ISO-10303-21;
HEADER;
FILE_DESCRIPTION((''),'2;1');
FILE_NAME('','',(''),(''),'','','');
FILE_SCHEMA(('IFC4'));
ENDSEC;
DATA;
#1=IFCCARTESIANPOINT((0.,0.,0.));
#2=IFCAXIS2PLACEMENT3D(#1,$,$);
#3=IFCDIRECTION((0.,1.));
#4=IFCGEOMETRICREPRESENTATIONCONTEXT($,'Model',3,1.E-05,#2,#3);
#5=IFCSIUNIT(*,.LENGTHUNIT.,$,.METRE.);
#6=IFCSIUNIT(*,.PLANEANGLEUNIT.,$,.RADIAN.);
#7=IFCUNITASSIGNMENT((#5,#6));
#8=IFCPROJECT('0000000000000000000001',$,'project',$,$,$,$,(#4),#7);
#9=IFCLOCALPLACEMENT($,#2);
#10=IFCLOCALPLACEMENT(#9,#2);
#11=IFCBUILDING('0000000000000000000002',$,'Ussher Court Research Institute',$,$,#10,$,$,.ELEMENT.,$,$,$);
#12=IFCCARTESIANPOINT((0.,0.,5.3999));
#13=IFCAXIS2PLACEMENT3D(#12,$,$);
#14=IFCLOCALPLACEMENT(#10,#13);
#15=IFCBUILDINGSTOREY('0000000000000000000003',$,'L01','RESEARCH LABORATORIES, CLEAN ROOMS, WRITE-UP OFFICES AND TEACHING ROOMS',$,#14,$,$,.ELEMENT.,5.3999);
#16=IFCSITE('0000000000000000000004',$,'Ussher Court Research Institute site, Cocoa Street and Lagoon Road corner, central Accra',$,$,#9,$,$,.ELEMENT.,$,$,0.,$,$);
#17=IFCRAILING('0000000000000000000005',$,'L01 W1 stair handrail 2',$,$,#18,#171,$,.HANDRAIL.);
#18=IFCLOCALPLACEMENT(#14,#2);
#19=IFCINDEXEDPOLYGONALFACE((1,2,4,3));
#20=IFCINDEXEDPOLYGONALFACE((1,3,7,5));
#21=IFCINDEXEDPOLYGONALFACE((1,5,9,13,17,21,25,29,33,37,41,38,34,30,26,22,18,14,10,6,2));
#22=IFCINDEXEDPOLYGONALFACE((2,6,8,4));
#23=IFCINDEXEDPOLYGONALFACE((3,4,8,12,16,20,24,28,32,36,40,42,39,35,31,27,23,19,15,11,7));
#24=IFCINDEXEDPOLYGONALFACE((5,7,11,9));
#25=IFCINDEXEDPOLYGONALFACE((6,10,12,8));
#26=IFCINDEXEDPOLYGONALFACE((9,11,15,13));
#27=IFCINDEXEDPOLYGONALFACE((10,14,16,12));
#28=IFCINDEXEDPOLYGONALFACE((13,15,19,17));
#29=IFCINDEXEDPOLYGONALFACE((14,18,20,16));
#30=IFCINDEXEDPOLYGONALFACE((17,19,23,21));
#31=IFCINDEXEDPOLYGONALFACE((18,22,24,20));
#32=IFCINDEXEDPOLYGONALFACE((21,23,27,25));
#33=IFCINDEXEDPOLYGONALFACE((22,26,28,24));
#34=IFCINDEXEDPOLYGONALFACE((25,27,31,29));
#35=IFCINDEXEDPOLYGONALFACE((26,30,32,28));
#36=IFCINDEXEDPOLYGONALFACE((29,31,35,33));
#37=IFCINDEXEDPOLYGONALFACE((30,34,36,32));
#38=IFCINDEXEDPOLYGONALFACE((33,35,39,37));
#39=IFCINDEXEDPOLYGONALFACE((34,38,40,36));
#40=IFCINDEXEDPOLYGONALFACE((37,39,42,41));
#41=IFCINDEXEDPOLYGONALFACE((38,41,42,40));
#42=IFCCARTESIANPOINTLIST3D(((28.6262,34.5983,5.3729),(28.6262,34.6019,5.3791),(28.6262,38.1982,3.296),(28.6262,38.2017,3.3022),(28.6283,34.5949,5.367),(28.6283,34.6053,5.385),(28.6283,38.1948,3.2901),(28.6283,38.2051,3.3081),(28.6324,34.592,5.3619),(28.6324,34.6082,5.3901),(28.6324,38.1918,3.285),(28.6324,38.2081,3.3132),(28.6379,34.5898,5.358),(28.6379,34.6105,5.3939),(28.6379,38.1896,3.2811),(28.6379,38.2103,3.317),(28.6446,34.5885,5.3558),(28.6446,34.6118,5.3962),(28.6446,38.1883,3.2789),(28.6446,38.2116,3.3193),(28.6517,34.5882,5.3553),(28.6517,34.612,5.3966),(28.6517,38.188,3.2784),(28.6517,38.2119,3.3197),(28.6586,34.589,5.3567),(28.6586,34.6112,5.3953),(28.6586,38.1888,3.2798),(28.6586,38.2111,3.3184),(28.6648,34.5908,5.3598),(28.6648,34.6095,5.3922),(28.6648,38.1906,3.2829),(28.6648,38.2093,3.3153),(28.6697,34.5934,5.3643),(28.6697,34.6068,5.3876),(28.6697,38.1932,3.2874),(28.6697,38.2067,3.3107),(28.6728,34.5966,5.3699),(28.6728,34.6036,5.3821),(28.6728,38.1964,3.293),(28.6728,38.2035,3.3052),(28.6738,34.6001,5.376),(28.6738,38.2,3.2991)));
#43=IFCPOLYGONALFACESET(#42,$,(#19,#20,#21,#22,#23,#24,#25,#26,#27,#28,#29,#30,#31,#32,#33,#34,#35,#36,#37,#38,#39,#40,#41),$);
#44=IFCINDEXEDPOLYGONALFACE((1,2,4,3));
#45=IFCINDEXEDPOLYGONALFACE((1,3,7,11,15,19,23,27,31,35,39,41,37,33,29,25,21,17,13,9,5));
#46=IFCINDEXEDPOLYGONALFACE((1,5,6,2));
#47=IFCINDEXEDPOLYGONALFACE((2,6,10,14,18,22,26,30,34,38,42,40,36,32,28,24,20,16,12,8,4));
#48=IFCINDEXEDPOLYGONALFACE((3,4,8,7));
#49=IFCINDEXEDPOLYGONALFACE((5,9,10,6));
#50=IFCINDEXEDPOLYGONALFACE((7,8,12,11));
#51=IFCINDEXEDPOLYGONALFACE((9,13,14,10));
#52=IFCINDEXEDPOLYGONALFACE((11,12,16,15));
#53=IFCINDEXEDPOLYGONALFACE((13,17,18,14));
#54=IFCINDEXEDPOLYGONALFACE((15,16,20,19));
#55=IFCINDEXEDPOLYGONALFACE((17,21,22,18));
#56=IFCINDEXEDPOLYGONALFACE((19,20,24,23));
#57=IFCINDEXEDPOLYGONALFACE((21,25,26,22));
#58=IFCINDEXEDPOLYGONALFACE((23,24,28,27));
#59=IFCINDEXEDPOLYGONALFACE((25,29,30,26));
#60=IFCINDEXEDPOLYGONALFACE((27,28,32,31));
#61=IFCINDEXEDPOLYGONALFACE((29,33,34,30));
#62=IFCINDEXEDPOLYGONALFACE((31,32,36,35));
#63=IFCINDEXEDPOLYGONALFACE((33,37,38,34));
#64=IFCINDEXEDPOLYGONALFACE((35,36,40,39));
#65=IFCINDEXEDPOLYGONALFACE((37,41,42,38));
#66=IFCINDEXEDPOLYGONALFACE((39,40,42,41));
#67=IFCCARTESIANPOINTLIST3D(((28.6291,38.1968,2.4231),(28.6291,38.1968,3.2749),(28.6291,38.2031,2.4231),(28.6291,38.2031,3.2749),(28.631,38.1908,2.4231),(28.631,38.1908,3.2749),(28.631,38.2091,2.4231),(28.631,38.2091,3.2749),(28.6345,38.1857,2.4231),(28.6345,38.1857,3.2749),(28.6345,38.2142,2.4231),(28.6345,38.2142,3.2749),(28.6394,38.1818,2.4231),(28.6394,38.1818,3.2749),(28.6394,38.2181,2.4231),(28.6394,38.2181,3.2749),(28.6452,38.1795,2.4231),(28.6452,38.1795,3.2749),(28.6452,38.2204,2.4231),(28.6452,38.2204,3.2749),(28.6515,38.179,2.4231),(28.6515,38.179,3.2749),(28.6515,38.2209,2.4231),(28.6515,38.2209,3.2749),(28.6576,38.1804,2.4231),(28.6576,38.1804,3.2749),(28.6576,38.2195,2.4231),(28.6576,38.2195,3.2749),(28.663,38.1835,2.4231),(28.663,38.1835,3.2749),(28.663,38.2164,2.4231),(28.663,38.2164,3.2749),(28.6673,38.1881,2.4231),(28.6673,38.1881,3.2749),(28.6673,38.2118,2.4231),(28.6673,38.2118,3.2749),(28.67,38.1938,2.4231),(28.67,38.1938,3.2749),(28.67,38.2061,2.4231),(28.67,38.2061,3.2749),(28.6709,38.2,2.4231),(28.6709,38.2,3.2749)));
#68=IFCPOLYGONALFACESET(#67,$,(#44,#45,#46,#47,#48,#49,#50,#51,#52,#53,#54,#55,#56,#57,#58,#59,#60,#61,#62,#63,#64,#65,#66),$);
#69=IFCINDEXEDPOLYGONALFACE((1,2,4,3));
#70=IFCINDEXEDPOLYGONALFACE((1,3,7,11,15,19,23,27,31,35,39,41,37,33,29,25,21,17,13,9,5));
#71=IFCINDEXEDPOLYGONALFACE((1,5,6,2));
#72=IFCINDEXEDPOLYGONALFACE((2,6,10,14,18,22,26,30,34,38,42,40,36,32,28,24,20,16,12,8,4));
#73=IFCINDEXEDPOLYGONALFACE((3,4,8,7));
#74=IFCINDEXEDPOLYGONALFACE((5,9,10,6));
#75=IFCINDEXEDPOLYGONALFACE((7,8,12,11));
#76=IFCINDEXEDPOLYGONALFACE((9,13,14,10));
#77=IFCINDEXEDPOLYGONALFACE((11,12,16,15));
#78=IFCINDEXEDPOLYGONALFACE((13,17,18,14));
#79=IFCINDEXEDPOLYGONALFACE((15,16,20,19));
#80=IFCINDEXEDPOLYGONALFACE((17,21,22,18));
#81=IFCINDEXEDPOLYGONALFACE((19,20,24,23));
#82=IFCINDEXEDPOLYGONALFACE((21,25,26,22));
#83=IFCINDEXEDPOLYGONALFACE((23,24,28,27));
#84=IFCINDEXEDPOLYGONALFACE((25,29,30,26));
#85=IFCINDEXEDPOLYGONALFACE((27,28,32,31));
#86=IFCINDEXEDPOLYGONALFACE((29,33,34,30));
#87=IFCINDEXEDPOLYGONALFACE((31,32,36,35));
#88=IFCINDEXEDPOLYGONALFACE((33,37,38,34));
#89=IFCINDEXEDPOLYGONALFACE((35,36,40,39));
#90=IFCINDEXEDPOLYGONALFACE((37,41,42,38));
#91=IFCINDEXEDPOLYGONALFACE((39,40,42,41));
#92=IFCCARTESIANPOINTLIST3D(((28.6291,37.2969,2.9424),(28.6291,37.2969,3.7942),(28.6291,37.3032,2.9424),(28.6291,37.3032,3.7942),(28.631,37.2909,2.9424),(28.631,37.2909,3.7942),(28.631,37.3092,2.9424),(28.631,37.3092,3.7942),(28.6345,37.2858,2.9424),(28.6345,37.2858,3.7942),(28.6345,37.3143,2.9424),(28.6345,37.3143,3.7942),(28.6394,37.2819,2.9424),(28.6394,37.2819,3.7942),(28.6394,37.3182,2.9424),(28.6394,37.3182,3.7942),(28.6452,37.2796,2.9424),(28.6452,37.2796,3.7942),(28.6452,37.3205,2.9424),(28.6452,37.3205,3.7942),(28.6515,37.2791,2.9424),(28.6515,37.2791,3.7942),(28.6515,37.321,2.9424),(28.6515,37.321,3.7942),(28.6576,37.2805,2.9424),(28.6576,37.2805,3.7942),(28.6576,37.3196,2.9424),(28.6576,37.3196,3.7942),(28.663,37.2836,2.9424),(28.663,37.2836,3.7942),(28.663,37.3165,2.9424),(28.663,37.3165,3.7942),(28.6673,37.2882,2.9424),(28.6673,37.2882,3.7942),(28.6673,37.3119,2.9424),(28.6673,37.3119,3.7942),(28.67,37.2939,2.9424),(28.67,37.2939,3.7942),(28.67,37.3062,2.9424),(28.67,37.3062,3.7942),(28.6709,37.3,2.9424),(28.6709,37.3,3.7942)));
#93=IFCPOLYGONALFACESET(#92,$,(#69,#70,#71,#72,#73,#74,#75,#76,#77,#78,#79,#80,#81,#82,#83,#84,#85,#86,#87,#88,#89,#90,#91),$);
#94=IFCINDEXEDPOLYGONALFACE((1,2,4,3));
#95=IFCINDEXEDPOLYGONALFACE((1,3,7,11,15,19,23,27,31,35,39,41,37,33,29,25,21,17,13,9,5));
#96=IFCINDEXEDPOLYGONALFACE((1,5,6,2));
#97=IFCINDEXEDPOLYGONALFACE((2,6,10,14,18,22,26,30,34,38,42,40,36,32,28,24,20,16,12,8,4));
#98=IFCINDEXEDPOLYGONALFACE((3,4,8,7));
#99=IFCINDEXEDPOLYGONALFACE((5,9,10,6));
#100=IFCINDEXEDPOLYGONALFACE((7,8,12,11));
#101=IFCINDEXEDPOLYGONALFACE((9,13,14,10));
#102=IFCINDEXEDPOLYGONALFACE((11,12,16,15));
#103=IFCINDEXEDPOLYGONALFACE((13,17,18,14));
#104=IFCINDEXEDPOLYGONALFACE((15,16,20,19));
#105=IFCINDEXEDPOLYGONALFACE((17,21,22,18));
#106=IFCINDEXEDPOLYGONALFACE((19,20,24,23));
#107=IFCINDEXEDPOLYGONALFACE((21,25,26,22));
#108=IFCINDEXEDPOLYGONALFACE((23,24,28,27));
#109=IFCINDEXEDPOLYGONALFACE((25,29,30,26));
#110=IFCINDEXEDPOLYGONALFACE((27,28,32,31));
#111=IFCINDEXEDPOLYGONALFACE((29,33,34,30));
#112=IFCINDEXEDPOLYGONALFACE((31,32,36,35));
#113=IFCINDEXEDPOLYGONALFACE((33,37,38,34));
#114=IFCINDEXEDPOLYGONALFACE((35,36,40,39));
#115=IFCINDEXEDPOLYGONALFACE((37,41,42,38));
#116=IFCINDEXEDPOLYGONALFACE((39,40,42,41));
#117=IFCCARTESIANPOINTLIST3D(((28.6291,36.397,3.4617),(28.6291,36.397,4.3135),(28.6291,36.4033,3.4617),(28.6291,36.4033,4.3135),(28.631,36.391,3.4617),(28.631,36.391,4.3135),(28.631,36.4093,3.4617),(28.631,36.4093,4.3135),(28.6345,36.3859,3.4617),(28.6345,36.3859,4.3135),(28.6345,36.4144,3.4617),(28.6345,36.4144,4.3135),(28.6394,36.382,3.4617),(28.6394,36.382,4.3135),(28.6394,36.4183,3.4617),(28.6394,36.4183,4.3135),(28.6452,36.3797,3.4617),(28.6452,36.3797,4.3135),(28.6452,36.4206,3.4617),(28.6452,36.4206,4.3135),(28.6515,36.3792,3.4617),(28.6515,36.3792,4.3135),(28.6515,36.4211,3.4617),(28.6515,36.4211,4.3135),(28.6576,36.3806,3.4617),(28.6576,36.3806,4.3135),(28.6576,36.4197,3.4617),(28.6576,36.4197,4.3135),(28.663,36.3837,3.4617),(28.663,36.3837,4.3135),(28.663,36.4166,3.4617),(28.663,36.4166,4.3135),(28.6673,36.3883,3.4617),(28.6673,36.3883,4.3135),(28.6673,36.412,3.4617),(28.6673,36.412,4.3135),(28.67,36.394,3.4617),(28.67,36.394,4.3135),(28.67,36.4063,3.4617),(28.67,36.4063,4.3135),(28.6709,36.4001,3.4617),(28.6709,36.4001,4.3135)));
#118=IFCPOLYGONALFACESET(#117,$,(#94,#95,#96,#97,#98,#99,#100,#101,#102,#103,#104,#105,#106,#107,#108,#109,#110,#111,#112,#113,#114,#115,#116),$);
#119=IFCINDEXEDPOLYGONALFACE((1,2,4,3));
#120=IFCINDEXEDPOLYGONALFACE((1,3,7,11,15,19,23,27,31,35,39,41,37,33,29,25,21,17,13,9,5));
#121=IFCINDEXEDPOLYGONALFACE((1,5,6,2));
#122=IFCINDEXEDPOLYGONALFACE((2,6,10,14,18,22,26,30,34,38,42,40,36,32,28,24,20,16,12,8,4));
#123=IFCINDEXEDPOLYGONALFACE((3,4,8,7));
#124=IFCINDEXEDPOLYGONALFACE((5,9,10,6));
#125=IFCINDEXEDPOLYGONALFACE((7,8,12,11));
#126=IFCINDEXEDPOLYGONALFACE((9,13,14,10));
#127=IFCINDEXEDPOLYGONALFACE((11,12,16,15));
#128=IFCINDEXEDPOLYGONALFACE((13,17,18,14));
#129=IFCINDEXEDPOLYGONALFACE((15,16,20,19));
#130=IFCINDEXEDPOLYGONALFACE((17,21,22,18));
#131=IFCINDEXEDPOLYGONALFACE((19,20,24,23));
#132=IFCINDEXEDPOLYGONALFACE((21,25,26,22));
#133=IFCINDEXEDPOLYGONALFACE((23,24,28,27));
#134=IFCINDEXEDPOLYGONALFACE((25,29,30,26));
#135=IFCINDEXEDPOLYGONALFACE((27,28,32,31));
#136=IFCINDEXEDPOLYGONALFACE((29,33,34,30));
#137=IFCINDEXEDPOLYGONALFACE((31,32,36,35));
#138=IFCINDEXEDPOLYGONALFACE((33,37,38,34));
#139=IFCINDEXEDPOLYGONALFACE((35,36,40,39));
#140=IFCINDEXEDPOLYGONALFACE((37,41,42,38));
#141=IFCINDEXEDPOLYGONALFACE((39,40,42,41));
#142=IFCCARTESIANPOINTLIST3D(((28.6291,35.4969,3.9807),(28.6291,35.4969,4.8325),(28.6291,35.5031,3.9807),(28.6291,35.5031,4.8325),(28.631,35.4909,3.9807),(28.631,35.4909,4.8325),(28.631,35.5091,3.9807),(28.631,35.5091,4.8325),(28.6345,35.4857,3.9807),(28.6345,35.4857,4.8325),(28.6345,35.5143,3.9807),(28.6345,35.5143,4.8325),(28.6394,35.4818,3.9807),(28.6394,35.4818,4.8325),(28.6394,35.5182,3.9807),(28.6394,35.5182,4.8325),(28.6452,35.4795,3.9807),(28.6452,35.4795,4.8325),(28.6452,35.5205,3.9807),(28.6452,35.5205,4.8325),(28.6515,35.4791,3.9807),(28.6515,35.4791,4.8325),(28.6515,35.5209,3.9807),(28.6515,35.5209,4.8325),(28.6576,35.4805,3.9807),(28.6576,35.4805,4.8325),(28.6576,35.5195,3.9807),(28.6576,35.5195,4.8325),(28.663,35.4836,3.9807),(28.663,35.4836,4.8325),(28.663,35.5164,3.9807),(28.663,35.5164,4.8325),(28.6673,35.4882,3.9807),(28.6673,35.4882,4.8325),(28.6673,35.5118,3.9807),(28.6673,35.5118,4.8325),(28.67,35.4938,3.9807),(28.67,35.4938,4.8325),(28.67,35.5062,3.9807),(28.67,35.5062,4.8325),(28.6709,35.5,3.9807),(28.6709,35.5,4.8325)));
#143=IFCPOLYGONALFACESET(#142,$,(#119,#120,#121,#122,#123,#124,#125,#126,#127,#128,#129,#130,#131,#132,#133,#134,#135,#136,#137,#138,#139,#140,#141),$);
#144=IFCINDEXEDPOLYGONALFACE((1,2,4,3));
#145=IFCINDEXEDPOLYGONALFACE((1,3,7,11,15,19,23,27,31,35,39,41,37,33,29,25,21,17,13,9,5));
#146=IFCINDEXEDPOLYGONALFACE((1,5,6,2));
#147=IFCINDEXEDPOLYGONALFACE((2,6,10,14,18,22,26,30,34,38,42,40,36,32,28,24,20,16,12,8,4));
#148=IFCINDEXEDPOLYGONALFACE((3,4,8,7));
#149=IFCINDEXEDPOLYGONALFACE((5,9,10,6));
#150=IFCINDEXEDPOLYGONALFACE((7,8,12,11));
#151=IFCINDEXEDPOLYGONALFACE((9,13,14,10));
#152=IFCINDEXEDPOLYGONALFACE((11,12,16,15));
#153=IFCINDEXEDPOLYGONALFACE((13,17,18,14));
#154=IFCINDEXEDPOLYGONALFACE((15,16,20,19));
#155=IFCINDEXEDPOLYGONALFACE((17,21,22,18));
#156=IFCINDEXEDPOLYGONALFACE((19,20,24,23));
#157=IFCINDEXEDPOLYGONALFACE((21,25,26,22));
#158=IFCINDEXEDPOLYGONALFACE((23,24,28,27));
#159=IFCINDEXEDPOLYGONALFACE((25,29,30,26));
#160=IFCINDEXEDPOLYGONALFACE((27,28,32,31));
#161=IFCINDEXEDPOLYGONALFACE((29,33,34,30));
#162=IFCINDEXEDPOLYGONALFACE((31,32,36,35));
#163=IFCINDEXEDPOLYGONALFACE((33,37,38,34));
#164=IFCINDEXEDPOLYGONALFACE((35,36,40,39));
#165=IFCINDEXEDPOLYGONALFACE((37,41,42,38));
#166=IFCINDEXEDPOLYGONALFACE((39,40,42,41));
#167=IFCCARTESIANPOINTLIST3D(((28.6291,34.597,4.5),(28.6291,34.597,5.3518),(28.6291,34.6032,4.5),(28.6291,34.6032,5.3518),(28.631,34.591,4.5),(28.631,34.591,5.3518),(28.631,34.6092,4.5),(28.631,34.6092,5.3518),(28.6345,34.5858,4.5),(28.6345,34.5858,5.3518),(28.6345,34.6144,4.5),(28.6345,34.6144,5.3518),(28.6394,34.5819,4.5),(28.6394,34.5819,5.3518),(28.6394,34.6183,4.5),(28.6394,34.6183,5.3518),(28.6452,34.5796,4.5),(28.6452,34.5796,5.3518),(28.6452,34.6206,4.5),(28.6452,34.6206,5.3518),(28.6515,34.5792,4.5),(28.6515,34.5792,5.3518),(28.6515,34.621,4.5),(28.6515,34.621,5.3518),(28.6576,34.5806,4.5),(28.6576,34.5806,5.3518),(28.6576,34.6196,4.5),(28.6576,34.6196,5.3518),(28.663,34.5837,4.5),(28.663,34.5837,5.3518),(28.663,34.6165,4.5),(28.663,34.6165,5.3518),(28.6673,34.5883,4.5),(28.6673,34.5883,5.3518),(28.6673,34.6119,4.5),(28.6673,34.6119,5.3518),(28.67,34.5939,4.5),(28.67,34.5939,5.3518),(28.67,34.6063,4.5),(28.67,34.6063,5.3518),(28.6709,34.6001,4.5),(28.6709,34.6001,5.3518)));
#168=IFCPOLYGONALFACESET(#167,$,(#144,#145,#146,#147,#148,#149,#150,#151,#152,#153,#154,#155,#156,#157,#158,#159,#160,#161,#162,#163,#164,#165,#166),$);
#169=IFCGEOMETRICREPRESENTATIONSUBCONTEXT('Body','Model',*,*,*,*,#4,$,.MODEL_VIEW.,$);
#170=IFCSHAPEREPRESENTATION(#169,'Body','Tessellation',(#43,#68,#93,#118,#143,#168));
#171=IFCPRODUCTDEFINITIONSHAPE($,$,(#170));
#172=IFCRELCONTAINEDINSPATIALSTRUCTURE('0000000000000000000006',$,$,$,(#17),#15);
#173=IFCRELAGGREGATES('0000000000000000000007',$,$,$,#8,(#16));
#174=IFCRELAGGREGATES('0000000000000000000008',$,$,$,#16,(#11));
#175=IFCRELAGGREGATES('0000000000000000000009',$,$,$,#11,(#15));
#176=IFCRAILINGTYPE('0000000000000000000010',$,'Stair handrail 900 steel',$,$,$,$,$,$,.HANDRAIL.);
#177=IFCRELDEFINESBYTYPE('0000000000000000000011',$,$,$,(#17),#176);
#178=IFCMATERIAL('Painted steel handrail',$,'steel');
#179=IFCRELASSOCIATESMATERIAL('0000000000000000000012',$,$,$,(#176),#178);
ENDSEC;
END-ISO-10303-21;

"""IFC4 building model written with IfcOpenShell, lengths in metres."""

from ifc_helpers import new_model, si_unit, direction, frame, origin, origin_2d, place, context, subcontext, project, spatial, circle, extrude, material, type_object, element, save


model = new_model("IFC4")

# Units and contexts
model_context = context("Model", 3, precision=1e-05, world=origin(), true_north=direction((0.0, 1.0)))
body_context = subcontext(model_context, "Body", "Model", "MODEL_VIEW")
ifc_project = project(units=[si_unit("LENGTHUNIT", "METRE"), si_unit("PLANEANGLEUNIT", "RADIAN")], contexts=[model_context])

# Site, building, storey
site_placement = place(None, origin())
site = spatial("IfcSite", under=ifc_project, at=site_placement, Name="Ussher Court Research Institute site, Cocoa Street and Lagoon Road corner, central Accra", CompositionType="ELEMENT", RefElevation=0.0)
building_placement = place(site_placement, origin())
building = spatial("IfcBuilding", under=site, at=building_placement, Name="Ussher Court Research Institute", CompositionType="ELEMENT")
storey_placement = place(building_placement, frame((0.0, 0.0, 5.3999)))
storey = spatial("IfcBuildingStorey", under=building, at=storey_placement, Name="L01", Description="RESEARCH LABORATORIES, CLEAN ROOMS, WRITE-UP OFFICES AND TEACHING ROOMS", CompositionType="ELEMENT", Elevation=5.3999)

# Railing
ifc_material_1 = material(Name="Painted steel handrail", Category="steel")
railing_type_1 = type_object("IfcRailingType", Name="Stair handrail 900 steel", PredefinedType="HANDRAIL", material=ifc_material_1)
railing_1_placement = place(storey_placement, frame((28.6499, 38.2, 2.4231)))
element("IfcRailing", 1, at=railing_1_placement, inside=storey, type_object=railing_type_1, Name="L01 W1 stair handrail 2", PredefinedType="HANDRAIL", context=body_context, shape_type="SweptSolid", body=[
    extrude(circle(Radius=0.0239, at=origin_2d()), frame((0.0, 0.0, 0.876), z_axis=(0.0, -0.866179, 0.499734), x_axis=(1.0, 0.0, 0.0)), (0.0, 0.0, 1.0), 4.156),
    extrude(circle(Radius=0.021, at=origin_2d()), origin(), (0.0, 0.0, 1.0), 0.8518),
    extrude(circle(Radius=0.021, at=origin_2d()), frame((0.0, -0.8999, 0.5193)), (0.0, 0.0, 1.0), 0.8518),
    extrude(circle(Radius=0.021, at=origin_2d()), frame((0.0, -1.7998, 1.0386)), (0.0, 0.0, 1.0), 0.8518),
    extrude(circle(Radius=0.021, at=origin_2d()), frame((0.0, -2.7, 1.5576)), (0.0, 0.0, 1.0), 0.8518),
    extrude(circle(Radius=0.021, at=origin_2d()), frame((0.0, -3.5999, 2.0769)), (0.0, 0.0, 1.0), 0.8518),
])

save(model, "model.ifc")
